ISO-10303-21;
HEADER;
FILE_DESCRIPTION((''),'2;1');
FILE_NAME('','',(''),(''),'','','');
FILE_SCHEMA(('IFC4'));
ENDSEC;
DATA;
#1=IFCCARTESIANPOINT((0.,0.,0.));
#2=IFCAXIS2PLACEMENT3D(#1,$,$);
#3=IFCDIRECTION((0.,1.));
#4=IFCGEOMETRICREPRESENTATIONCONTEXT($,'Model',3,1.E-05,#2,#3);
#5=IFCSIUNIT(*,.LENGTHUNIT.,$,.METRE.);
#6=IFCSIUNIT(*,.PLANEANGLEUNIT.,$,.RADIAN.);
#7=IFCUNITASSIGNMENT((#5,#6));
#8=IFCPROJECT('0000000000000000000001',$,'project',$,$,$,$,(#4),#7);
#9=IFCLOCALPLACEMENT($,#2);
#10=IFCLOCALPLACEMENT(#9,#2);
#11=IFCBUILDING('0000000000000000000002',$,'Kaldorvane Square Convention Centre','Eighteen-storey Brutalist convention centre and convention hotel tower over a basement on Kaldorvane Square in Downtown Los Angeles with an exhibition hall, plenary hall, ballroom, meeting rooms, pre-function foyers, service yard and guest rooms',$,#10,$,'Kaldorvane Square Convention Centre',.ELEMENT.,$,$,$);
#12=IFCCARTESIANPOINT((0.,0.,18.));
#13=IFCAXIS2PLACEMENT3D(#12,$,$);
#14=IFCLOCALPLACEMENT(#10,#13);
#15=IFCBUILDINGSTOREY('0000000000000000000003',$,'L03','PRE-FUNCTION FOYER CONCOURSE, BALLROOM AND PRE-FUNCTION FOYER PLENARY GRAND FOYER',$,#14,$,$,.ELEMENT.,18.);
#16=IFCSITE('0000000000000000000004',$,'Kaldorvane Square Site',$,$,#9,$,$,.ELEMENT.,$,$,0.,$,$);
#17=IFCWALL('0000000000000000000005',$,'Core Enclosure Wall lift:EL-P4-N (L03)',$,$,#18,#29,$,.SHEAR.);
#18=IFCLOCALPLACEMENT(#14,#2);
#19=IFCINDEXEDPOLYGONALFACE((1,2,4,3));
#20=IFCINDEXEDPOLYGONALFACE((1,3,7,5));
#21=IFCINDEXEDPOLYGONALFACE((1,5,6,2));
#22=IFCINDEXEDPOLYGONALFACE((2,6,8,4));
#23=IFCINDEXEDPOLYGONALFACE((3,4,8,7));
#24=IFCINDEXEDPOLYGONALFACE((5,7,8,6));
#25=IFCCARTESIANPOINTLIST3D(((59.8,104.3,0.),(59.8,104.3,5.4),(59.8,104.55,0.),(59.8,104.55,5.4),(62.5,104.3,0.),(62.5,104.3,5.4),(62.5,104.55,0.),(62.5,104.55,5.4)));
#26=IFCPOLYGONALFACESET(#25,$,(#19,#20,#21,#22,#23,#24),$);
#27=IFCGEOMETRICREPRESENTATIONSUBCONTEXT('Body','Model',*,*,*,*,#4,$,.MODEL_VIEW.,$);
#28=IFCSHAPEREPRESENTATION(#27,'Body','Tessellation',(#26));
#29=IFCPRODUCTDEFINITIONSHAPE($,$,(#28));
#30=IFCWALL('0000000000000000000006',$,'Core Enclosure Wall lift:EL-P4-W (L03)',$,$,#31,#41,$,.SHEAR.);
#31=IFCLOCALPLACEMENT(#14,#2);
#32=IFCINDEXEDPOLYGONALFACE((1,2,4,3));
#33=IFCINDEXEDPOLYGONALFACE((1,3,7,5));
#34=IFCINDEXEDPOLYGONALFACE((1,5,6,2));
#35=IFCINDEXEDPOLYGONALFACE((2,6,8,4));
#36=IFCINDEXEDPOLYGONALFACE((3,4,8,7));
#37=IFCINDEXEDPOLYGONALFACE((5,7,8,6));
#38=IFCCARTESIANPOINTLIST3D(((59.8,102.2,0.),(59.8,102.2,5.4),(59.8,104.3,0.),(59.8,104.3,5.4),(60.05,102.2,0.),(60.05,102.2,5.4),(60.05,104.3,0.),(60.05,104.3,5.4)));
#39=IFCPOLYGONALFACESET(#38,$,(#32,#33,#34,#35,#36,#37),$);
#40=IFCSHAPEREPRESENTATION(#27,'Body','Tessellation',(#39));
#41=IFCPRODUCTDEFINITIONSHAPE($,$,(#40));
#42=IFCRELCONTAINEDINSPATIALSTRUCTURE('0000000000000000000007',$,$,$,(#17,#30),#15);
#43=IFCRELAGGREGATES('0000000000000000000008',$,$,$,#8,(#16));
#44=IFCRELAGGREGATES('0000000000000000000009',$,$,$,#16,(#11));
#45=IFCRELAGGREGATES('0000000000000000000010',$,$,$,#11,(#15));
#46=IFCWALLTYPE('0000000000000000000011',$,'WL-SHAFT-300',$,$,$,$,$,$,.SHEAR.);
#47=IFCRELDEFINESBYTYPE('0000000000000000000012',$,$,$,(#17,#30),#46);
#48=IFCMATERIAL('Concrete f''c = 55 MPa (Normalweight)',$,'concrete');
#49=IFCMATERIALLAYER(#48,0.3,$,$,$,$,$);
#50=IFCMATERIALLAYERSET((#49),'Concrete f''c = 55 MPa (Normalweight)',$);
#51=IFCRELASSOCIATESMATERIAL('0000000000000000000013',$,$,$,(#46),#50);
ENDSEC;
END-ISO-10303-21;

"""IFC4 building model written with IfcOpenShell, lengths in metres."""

from ifc_helpers import new_model, si_unit, direction, frame, frame_2d, origin, place, context, subcontext, project, spatial, rectangle, extrude, material, layer, layer_set, type_object, element, save


model = new_model("IFC4")

# Units and contexts
model_context = context("Model", 3, precision=1e-05, world=origin(), true_north=direction((0.0, 1.0)))
body_context = subcontext(model_context, "Body", "Model", "MODEL_VIEW")
ifc_project = project(units=[si_unit("LENGTHUNIT", "METRE"), si_unit("PLANEANGLEUNIT", "RADIAN")], contexts=[model_context])

# Site, building, storey
site_placement = place(None, origin())
site = spatial("IfcSite", under=ifc_project, at=site_placement, Name="Kaldorvane Square Site", CompositionType="ELEMENT", RefElevation=0.0)
building_placement = place(site_placement, origin())
building = spatial("IfcBuilding", under=site, at=building_placement, Name="Kaldorvane Square Convention Centre", Description="Eighteen-storey Brutalist convention centre and convention hotel tower over a basement on Kaldorvane Square in Downtown Los Angeles with an exhibition hall, plenary hall, ballroom, meeting rooms, pre-function foyers, service yard and guest rooms", LongName="Kaldorvane Square Convention Centre", CompositionType="ELEMENT")
storey_placement = place(building_placement, frame((0.0, 0.0, 18.0)))
storey = spatial("IfcBuildingStorey", under=building, at=storey_placement, Name="L03", Description="PRE-FUNCTION FOYER CONCOURSE, BALLROOM AND PRE-FUNCTION FOYER PLENARY GRAND FOYER", CompositionType="ELEMENT", Elevation=18.0)

# Shared definitions
ifc_material_1 = material(Name="Concrete f'c = 55 MPa (Normalweight)", Category="concrete")

# Walls
ifc_layer_1 = layer(ifc_material_1, 0.3)
ifc_layer_set_1 = layer_set([ifc_layer_1], Name="Concrete f'c = 55 MPa (Normalweight)")
wall_type_1 = type_object("IfcWallType", Name="WL-SHAFT-300", PredefinedType="SHEAR", material=ifc_layer_set_1)
wall_1_placement = place(storey_placement, frame((62.5, 104.425, 0.0), z_axis=(0.0, 0.0, 1.0), x_axis=(-1.0, 0.0, 0.0)))
element("IfcWall", 1, at=wall_1_placement, inside=storey, type_object=wall_type_1, Name="Core Enclosure Wall lift:EL-P4-N (L03)", PredefinedType="SHEAR", context=body_context, shape_type="SweptSolid", body=[
    extrude(rectangle(XDim=2.7, YDim=0.25, at=frame_2d((1.35, 0.0))), origin(), (0.0, 0.0, 1.0), 5.4),
])
wall_2_placement = place(storey_placement, frame((59.925, 104.3, 0.0), z_axis=(0.0, 0.0, 1.0), x_axis=(0.0, -1.0, 0.0)))
element("IfcWall", 2, at=wall_2_placement, inside=storey, type_object=wall_type_1, Name="Core Enclosure Wall lift:EL-P4-W (L03)", PredefinedType="SHEAR", context=body_context, shape_type="SweptSolid", body=[
    extrude(rectangle(XDim=2.1, YDim=0.25, at=frame_2d((1.05, 0.0))), origin(), (0.0, 0.0, 1.0), 5.4),
])

save(model, "model.ifc")
